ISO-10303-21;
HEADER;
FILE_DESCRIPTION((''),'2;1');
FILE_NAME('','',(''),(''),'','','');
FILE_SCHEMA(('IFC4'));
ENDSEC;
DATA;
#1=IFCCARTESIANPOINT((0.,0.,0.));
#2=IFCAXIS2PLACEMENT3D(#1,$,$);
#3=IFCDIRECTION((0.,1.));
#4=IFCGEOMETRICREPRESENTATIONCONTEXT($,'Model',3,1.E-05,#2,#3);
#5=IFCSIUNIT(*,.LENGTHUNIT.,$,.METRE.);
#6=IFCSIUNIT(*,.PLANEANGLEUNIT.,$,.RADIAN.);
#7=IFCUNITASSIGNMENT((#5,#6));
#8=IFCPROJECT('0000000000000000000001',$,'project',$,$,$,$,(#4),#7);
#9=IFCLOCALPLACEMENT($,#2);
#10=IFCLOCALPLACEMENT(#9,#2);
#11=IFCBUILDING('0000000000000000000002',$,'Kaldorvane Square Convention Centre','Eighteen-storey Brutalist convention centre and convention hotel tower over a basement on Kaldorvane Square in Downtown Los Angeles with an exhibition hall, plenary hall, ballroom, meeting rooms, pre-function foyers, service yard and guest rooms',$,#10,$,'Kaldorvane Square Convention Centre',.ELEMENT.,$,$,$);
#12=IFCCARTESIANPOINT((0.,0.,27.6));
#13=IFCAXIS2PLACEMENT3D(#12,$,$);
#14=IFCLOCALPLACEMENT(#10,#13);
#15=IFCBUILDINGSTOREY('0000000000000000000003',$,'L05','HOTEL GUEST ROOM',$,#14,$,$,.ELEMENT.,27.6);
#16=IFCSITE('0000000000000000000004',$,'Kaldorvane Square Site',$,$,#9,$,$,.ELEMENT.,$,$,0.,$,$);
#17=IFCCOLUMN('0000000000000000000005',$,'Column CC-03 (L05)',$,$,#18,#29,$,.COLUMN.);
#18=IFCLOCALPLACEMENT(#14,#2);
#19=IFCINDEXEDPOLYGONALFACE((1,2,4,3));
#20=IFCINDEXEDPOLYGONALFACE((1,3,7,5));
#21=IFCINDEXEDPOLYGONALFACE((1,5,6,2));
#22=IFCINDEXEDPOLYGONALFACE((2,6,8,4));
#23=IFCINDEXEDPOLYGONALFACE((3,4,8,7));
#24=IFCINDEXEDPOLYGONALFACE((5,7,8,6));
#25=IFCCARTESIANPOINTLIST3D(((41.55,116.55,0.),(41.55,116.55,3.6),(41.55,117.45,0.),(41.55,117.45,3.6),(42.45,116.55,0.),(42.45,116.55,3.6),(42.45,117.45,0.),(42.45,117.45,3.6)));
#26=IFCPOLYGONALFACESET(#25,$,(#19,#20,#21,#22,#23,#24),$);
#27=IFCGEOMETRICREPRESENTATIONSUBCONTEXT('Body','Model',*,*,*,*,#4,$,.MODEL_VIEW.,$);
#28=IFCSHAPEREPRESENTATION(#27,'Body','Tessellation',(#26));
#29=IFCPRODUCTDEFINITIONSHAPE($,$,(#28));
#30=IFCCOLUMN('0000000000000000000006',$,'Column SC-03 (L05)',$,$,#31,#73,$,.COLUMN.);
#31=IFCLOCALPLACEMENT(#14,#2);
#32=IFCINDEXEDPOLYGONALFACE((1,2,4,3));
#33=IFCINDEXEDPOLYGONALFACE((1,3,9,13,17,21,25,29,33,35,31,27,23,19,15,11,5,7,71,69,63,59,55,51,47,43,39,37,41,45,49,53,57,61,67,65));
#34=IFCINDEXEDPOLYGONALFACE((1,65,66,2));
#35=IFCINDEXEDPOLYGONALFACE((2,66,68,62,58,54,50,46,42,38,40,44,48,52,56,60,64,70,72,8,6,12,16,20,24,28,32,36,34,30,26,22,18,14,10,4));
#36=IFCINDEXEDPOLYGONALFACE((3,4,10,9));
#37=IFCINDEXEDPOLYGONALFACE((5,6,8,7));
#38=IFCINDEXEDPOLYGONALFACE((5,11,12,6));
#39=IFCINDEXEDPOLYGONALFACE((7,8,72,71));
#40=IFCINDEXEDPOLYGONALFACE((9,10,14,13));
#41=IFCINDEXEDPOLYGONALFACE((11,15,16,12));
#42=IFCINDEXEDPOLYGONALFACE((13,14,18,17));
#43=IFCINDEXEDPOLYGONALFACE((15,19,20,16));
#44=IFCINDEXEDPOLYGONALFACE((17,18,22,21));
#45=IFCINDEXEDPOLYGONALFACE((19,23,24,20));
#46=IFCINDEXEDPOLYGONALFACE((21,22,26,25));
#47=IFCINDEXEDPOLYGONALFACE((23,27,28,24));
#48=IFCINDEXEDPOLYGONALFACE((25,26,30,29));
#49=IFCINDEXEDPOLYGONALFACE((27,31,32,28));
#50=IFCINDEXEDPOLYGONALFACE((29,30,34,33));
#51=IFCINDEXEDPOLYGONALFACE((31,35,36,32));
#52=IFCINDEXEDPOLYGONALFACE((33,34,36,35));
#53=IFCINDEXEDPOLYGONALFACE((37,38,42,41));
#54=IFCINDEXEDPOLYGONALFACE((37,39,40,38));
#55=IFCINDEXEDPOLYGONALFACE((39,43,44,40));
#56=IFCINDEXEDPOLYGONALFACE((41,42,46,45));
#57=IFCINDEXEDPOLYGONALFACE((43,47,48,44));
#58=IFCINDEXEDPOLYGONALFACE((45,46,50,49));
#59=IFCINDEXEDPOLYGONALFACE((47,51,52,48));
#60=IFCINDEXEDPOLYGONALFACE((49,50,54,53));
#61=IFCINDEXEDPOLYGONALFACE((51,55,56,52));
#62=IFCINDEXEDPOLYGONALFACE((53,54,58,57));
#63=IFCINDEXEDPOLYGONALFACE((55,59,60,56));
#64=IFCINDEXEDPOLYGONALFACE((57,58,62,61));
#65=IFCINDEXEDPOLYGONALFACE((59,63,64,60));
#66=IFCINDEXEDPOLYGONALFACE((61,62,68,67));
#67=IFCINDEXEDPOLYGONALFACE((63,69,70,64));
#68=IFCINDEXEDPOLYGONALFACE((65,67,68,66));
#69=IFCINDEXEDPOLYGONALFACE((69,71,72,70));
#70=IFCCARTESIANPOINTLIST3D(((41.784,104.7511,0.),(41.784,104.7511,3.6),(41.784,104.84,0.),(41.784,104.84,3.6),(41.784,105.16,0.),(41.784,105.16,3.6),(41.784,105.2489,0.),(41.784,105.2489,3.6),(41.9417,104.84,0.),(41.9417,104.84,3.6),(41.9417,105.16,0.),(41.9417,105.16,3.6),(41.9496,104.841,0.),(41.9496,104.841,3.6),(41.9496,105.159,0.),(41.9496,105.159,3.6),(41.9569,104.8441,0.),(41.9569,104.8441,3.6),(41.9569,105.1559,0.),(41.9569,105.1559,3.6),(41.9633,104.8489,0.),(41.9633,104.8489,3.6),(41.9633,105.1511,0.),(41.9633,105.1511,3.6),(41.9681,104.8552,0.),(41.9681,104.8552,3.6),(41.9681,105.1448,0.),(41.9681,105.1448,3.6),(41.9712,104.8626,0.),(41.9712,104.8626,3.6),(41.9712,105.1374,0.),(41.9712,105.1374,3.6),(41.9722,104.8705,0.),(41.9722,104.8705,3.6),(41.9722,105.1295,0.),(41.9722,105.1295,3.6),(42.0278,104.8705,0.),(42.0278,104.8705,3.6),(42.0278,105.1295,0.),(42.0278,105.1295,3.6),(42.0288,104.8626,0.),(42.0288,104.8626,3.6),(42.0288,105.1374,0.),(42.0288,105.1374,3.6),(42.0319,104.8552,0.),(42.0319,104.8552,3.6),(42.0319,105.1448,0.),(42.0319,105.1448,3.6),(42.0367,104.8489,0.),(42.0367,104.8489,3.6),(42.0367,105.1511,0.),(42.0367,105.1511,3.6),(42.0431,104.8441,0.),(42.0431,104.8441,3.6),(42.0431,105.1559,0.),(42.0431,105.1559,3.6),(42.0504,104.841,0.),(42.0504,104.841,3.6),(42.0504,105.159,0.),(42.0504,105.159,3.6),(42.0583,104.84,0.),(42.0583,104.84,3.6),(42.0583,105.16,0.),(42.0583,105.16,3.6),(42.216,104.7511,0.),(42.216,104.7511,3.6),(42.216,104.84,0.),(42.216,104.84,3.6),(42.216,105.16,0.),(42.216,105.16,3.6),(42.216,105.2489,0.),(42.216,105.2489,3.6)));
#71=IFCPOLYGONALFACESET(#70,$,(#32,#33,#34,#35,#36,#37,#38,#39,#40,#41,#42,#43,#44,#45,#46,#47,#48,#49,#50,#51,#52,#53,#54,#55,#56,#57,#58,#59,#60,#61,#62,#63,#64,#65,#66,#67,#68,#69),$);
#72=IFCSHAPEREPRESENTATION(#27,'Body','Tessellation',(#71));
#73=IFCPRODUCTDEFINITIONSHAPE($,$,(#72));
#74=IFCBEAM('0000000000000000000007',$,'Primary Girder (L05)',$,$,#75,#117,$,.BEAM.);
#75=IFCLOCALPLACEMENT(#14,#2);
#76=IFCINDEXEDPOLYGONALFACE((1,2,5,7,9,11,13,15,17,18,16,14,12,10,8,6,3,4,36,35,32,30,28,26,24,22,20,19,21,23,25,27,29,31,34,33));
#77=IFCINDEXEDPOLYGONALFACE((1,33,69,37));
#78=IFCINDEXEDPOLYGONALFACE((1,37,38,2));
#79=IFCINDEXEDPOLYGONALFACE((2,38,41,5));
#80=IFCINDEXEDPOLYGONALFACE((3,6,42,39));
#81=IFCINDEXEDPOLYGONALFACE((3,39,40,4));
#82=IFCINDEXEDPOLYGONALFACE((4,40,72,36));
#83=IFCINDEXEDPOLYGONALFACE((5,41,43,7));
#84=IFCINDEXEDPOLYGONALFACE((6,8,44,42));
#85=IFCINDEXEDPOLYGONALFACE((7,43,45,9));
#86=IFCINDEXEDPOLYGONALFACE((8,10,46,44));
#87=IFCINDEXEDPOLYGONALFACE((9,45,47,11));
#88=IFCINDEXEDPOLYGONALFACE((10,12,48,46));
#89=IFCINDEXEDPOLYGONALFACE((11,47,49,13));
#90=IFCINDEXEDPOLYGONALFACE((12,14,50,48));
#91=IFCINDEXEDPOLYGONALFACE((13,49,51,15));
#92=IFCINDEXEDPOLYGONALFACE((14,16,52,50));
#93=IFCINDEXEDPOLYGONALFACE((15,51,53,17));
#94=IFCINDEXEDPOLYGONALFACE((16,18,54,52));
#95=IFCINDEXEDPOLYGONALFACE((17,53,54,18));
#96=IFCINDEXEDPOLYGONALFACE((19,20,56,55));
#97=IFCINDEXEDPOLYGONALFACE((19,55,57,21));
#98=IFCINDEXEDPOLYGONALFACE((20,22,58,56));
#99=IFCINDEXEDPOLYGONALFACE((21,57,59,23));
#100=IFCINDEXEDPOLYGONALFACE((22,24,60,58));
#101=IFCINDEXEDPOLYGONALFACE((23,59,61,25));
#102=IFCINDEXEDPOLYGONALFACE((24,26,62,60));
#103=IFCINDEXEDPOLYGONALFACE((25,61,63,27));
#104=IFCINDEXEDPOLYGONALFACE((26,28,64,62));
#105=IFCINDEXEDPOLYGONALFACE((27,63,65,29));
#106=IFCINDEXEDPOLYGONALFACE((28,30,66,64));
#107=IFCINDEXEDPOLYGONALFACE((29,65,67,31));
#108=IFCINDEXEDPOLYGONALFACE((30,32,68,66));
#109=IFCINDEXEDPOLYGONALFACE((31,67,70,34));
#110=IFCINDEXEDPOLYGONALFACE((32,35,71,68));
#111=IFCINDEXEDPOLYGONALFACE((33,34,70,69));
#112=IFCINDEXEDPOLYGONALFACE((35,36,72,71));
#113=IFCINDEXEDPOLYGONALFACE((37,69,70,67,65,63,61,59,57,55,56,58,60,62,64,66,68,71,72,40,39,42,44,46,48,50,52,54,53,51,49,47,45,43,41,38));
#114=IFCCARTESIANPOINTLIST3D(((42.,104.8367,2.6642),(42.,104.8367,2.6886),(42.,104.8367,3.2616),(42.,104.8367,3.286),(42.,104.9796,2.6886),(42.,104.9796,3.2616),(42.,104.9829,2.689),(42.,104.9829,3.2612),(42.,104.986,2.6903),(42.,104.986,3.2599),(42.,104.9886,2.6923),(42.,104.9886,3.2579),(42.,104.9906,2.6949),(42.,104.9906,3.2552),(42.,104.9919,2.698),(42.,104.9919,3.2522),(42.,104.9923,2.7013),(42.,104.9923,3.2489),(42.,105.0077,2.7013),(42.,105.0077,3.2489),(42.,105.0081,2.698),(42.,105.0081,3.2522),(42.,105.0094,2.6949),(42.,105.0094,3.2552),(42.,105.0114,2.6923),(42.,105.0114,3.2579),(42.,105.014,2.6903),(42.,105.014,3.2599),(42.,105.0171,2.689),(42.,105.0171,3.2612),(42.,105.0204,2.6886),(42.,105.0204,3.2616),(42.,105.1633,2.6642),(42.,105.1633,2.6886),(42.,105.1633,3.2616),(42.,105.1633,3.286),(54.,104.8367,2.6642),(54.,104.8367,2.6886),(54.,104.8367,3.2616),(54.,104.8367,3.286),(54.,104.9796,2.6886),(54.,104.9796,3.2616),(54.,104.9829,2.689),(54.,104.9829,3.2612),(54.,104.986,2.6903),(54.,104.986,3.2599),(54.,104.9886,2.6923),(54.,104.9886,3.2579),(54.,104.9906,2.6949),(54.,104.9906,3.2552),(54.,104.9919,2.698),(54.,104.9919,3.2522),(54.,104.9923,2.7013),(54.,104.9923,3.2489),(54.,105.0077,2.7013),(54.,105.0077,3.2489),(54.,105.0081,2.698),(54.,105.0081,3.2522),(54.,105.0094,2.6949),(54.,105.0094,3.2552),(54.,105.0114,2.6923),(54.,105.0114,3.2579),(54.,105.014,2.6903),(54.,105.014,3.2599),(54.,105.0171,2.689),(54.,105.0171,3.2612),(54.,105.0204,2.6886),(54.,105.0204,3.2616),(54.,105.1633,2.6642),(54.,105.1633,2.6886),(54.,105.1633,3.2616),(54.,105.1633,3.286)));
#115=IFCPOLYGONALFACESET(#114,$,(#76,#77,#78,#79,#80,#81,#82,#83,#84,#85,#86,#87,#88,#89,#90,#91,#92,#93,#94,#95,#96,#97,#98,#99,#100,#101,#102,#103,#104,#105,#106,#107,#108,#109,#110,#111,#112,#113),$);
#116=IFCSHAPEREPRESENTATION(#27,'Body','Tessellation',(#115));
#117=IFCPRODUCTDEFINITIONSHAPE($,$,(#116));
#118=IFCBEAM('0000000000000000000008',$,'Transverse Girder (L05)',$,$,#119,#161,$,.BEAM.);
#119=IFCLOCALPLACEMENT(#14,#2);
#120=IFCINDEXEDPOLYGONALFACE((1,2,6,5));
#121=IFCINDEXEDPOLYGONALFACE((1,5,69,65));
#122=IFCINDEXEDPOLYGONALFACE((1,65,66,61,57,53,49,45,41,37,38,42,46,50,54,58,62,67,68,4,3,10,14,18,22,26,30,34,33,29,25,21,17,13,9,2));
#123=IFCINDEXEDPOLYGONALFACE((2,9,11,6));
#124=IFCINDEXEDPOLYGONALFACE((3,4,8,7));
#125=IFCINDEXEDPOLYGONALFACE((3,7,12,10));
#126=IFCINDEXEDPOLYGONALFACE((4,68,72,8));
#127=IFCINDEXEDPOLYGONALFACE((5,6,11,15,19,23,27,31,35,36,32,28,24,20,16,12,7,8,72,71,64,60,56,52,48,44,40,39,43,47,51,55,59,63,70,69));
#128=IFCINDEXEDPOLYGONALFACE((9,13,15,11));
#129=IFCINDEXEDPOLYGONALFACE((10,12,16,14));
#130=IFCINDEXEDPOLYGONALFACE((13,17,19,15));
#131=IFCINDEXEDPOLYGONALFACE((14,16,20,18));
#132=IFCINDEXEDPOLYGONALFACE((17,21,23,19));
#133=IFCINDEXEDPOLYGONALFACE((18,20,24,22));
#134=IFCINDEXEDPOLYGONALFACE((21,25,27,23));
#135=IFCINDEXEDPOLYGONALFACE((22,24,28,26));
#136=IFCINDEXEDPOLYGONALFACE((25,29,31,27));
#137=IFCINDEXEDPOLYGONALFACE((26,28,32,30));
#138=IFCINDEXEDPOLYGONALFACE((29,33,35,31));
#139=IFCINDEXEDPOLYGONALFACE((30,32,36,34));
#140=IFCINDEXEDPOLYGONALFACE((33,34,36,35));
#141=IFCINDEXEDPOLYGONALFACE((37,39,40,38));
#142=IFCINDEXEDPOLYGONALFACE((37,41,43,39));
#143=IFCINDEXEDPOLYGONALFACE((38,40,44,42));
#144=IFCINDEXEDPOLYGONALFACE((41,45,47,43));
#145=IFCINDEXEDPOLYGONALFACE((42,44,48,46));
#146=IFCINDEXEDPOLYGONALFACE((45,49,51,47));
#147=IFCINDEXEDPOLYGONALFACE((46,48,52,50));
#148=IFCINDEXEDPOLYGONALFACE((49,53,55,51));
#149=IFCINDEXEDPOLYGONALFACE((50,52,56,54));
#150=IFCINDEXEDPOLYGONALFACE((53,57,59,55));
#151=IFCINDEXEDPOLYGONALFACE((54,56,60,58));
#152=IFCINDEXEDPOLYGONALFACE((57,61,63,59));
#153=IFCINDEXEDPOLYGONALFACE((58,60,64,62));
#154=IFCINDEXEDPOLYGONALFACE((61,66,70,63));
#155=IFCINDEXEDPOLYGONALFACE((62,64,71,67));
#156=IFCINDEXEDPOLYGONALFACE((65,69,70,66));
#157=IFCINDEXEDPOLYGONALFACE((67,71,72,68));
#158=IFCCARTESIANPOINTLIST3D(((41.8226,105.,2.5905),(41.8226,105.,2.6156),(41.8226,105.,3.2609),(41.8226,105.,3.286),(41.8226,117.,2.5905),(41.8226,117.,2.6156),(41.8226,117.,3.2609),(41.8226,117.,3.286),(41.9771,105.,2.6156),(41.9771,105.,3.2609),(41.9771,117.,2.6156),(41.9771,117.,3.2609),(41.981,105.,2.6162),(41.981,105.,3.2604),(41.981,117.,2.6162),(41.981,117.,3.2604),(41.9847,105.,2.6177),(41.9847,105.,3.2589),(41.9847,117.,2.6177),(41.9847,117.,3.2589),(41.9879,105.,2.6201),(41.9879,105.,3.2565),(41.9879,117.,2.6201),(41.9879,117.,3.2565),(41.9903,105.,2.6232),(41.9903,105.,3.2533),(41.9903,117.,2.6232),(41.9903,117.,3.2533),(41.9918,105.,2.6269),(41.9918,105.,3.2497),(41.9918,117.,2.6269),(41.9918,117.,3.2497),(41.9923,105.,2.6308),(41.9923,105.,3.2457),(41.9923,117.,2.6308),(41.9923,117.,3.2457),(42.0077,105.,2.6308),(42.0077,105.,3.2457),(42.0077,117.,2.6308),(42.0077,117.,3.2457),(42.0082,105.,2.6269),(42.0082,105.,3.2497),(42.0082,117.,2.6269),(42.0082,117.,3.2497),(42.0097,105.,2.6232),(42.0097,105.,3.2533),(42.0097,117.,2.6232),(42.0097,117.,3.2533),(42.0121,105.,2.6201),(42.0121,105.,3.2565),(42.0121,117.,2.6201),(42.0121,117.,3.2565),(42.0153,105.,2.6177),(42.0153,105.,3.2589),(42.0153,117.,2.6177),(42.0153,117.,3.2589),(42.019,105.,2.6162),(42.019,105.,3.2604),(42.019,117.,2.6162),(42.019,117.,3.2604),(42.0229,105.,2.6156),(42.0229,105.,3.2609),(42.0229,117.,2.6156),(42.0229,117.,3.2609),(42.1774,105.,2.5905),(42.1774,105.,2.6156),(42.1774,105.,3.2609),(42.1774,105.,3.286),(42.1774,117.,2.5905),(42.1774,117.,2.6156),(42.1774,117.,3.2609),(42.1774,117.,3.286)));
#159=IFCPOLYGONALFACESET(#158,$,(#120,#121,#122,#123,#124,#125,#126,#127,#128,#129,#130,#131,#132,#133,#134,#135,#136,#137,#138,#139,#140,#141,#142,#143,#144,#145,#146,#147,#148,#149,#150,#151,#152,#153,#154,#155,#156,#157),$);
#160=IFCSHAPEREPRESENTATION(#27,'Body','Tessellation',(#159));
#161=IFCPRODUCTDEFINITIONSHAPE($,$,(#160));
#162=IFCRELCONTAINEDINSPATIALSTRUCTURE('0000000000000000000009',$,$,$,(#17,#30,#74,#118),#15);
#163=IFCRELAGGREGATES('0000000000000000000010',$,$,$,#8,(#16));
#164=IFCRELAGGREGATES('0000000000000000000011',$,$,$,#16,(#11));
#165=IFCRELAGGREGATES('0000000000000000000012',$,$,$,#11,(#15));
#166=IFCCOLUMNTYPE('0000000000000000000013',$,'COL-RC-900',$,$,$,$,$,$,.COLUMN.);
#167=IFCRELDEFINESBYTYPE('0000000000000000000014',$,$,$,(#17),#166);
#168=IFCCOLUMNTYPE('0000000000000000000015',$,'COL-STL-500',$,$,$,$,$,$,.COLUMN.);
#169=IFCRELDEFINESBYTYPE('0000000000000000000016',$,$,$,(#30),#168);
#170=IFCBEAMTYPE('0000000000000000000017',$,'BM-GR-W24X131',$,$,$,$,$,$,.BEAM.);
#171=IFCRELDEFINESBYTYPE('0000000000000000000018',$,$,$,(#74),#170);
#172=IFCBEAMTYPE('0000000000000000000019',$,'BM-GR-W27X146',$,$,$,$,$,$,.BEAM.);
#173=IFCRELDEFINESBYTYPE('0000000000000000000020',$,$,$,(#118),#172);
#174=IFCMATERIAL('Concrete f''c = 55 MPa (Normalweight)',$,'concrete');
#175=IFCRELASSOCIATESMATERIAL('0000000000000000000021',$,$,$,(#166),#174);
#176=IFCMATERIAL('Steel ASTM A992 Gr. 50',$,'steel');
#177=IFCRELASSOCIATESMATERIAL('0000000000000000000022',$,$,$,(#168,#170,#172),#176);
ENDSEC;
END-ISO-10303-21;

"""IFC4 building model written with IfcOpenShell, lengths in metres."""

from ifc_helpers import new_model, si_unit, direction, frame, origin, origin_2d, place, context, subcontext, project, spatial, rectangle, i_section, extrude, material, material_profile, profile_set, type_object, element, save


model = new_model("IFC4")

# Units and contexts
model_context = context("Model", 3, precision=1e-05, world=origin(), true_north=direction((0.0, 1.0)))
body_context = subcontext(model_context, "Body", "Model", "MODEL_VIEW")
ifc_project = project(units=[si_unit("LENGTHUNIT", "METRE"), si_unit("PLANEANGLEUNIT", "RADIAN")], contexts=[model_context])

# Site, building, storey
site_placement = place(None, origin())
site = spatial("IfcSite", under=ifc_project, at=site_placement, Name="Kaldorvane Square Site", CompositionType="ELEMENT", RefElevation=0.0)
building_placement = place(site_placement, origin())
building = spatial("IfcBuilding", under=site, at=building_placement, Name="Kaldorvane Square Convention Centre", Description="Eighteen-storey Brutalist convention centre and convention hotel tower over a basement on Kaldorvane Square in Downtown Los Angeles with an exhibition hall, plenary hall, ballroom, meeting rooms, pre-function foyers, service yard and guest rooms", LongName="Kaldorvane Square Convention Centre", CompositionType="ELEMENT")
storey_placement = place(building_placement, frame((0.0, 0.0, 27.6)))
storey = spatial("IfcBuildingStorey", under=building, at=storey_placement, Name="L05", Description="HOTEL GUEST ROOM", CompositionType="ELEMENT", Elevation=27.6)

# Columns
ifc_material_1 = material(Name="Concrete f'c = 55 MPa (Normalweight)", Category="concrete")
ifc_material_profile_1 = material_profile(ifc_material_1, rectangle(XDim=0.9, YDim=0.9, at=origin_2d()), Name="RC900X900")
ifc_profile_set_1 = profile_set([ifc_material_profile_1], Name="Concrete f'c = 55 MPa (Normalweight)")
column_type_1 = type_object("IfcColumnType", Name="COL-RC-900", PredefinedType="COLUMN", material=ifc_profile_set_1)
column_1_placement = place(storey_placement, frame((42.0, 117.0, 0.0), z_axis=(0.0, 0.0, 1.0), x_axis=(1.0, 0.0, 0.0)))
element("IfcColumn", 1, at=column_1_placement, inside=storey, type_object=column_type_1, Name="Column CC-03 (L05)", PredefinedType="COLUMN", context=body_context, shape_type="SweptSolid", body=[
    extrude(rectangle(XDim=0.9, YDim=0.9, at=origin_2d()), origin(), (0.0, 0.0, 1.0), 3.6),
])
ifc_material_2 = material(Name="Steel ASTM A992 Gr. 50", Category="steel")
ifc_material_profile_2 = material_profile(ifc_material_2, i_section(OverallWidth=0.4321, OverallDepth=0.4978, WebThickness=0.0556, FlangeThickness=0.0889, FilletRadius=0.0305, at=origin_2d()), Name="W14X500")
ifc_profile_set_2 = profile_set([ifc_material_profile_2], Name="Steel ASTM A992 Gr. 50")
column_type_2 = type_object("IfcColumnType", Name="COL-STL-500", PredefinedType="COLUMN", material=ifc_profile_set_2)
column_2_placement = place(storey_placement, frame((42.0, 105.0, 0.0), z_axis=(0.0, 0.0, 1.0), x_axis=(1.0, 0.0, 0.0)))
element("IfcColumn", 2, at=column_2_placement, inside=storey, type_object=column_type_2, Name="Column SC-03 (L05)", PredefinedType="COLUMN", context=body_context, shape_type="SweptSolid", body=[
    extrude(i_section(OverallWidth=0.4321, OverallDepth=0.4978, WebThickness=0.0556, FlangeThickness=0.0889, FilletRadius=0.0305, at=origin_2d()), origin(), (0.0, 0.0, 1.0), 3.6),
])

# Beams
ifc_material_profile_3 = material_profile(ifc_material_2, i_section(OverallWidth=0.3265, OverallDepth=0.6218, WebThickness=0.0154, FlangeThickness=0.0244, FilletRadius=0.0127, at=origin_2d()), Name="W24X131")
ifc_profile_set_3 = profile_set([ifc_material_profile_3], Name="Steel ASTM A992 Gr. 50")
beam_type_1 = type_object("IfcBeamType", Name="BM-GR-W24X131", PredefinedType="BEAM", material=ifc_profile_set_3)
beam_1_placement = place(storey_placement, frame((42.0, 105.0, 2.9751), z_axis=(1.0, 0.0, 0.0), x_axis=(0.0, 1.0, 0.0)))
element("IfcBeam", 3, at=beam_1_placement, inside=storey, type_object=beam_type_1, Name="Primary Girder (L05)", PredefinedType="BEAM", context=body_context, shape_type="SweptSolid", body=[
    extrude(i_section(OverallWidth=0.3265, OverallDepth=0.6218, WebThickness=0.0154, FlangeThickness=0.0244, FilletRadius=0.0127, at=origin_2d()), origin(), (0.0, 0.0, 1.0), 12.0),
])
ifc_material_profile_4 = material_profile(ifc_material_2, i_section(OverallWidth=0.3547, OverallDepth=0.6955, WebThickness=0.0154, FlangeThickness=0.0251, FilletRadius=0.0152, at=origin_2d()), Name="W27X146")
ifc_profile_set_4 = profile_set([ifc_material_profile_4], Name="Steel ASTM A992 Gr. 50")
beam_type_2 = type_object("IfcBeamType", Name="BM-GR-W27X146", PredefinedType="BEAM", material=ifc_profile_set_4)
beam_2_placement = place(storey_placement, frame((42.0, 105.0, 2.9383), z_axis=(0.0, 1.0, 0.0), x_axis=(-1.0, 0.0, 0.0)))
element("IfcBeam", 4, at=beam_2_placement, inside=storey, type_object=beam_type_2, Name="Transverse Girder (L05)", PredefinedType="BEAM", context=body_context, shape_type="SweptSolid", body=[
    extrude(i_section(OverallWidth=0.3547, OverallDepth=0.6955, WebThickness=0.0154, FlangeThickness=0.0251, FilletRadius=0.0152, at=origin_2d()), origin(), (0.0, 0.0, 1.0), 12.0),
])

save(model, "model.ifc")
